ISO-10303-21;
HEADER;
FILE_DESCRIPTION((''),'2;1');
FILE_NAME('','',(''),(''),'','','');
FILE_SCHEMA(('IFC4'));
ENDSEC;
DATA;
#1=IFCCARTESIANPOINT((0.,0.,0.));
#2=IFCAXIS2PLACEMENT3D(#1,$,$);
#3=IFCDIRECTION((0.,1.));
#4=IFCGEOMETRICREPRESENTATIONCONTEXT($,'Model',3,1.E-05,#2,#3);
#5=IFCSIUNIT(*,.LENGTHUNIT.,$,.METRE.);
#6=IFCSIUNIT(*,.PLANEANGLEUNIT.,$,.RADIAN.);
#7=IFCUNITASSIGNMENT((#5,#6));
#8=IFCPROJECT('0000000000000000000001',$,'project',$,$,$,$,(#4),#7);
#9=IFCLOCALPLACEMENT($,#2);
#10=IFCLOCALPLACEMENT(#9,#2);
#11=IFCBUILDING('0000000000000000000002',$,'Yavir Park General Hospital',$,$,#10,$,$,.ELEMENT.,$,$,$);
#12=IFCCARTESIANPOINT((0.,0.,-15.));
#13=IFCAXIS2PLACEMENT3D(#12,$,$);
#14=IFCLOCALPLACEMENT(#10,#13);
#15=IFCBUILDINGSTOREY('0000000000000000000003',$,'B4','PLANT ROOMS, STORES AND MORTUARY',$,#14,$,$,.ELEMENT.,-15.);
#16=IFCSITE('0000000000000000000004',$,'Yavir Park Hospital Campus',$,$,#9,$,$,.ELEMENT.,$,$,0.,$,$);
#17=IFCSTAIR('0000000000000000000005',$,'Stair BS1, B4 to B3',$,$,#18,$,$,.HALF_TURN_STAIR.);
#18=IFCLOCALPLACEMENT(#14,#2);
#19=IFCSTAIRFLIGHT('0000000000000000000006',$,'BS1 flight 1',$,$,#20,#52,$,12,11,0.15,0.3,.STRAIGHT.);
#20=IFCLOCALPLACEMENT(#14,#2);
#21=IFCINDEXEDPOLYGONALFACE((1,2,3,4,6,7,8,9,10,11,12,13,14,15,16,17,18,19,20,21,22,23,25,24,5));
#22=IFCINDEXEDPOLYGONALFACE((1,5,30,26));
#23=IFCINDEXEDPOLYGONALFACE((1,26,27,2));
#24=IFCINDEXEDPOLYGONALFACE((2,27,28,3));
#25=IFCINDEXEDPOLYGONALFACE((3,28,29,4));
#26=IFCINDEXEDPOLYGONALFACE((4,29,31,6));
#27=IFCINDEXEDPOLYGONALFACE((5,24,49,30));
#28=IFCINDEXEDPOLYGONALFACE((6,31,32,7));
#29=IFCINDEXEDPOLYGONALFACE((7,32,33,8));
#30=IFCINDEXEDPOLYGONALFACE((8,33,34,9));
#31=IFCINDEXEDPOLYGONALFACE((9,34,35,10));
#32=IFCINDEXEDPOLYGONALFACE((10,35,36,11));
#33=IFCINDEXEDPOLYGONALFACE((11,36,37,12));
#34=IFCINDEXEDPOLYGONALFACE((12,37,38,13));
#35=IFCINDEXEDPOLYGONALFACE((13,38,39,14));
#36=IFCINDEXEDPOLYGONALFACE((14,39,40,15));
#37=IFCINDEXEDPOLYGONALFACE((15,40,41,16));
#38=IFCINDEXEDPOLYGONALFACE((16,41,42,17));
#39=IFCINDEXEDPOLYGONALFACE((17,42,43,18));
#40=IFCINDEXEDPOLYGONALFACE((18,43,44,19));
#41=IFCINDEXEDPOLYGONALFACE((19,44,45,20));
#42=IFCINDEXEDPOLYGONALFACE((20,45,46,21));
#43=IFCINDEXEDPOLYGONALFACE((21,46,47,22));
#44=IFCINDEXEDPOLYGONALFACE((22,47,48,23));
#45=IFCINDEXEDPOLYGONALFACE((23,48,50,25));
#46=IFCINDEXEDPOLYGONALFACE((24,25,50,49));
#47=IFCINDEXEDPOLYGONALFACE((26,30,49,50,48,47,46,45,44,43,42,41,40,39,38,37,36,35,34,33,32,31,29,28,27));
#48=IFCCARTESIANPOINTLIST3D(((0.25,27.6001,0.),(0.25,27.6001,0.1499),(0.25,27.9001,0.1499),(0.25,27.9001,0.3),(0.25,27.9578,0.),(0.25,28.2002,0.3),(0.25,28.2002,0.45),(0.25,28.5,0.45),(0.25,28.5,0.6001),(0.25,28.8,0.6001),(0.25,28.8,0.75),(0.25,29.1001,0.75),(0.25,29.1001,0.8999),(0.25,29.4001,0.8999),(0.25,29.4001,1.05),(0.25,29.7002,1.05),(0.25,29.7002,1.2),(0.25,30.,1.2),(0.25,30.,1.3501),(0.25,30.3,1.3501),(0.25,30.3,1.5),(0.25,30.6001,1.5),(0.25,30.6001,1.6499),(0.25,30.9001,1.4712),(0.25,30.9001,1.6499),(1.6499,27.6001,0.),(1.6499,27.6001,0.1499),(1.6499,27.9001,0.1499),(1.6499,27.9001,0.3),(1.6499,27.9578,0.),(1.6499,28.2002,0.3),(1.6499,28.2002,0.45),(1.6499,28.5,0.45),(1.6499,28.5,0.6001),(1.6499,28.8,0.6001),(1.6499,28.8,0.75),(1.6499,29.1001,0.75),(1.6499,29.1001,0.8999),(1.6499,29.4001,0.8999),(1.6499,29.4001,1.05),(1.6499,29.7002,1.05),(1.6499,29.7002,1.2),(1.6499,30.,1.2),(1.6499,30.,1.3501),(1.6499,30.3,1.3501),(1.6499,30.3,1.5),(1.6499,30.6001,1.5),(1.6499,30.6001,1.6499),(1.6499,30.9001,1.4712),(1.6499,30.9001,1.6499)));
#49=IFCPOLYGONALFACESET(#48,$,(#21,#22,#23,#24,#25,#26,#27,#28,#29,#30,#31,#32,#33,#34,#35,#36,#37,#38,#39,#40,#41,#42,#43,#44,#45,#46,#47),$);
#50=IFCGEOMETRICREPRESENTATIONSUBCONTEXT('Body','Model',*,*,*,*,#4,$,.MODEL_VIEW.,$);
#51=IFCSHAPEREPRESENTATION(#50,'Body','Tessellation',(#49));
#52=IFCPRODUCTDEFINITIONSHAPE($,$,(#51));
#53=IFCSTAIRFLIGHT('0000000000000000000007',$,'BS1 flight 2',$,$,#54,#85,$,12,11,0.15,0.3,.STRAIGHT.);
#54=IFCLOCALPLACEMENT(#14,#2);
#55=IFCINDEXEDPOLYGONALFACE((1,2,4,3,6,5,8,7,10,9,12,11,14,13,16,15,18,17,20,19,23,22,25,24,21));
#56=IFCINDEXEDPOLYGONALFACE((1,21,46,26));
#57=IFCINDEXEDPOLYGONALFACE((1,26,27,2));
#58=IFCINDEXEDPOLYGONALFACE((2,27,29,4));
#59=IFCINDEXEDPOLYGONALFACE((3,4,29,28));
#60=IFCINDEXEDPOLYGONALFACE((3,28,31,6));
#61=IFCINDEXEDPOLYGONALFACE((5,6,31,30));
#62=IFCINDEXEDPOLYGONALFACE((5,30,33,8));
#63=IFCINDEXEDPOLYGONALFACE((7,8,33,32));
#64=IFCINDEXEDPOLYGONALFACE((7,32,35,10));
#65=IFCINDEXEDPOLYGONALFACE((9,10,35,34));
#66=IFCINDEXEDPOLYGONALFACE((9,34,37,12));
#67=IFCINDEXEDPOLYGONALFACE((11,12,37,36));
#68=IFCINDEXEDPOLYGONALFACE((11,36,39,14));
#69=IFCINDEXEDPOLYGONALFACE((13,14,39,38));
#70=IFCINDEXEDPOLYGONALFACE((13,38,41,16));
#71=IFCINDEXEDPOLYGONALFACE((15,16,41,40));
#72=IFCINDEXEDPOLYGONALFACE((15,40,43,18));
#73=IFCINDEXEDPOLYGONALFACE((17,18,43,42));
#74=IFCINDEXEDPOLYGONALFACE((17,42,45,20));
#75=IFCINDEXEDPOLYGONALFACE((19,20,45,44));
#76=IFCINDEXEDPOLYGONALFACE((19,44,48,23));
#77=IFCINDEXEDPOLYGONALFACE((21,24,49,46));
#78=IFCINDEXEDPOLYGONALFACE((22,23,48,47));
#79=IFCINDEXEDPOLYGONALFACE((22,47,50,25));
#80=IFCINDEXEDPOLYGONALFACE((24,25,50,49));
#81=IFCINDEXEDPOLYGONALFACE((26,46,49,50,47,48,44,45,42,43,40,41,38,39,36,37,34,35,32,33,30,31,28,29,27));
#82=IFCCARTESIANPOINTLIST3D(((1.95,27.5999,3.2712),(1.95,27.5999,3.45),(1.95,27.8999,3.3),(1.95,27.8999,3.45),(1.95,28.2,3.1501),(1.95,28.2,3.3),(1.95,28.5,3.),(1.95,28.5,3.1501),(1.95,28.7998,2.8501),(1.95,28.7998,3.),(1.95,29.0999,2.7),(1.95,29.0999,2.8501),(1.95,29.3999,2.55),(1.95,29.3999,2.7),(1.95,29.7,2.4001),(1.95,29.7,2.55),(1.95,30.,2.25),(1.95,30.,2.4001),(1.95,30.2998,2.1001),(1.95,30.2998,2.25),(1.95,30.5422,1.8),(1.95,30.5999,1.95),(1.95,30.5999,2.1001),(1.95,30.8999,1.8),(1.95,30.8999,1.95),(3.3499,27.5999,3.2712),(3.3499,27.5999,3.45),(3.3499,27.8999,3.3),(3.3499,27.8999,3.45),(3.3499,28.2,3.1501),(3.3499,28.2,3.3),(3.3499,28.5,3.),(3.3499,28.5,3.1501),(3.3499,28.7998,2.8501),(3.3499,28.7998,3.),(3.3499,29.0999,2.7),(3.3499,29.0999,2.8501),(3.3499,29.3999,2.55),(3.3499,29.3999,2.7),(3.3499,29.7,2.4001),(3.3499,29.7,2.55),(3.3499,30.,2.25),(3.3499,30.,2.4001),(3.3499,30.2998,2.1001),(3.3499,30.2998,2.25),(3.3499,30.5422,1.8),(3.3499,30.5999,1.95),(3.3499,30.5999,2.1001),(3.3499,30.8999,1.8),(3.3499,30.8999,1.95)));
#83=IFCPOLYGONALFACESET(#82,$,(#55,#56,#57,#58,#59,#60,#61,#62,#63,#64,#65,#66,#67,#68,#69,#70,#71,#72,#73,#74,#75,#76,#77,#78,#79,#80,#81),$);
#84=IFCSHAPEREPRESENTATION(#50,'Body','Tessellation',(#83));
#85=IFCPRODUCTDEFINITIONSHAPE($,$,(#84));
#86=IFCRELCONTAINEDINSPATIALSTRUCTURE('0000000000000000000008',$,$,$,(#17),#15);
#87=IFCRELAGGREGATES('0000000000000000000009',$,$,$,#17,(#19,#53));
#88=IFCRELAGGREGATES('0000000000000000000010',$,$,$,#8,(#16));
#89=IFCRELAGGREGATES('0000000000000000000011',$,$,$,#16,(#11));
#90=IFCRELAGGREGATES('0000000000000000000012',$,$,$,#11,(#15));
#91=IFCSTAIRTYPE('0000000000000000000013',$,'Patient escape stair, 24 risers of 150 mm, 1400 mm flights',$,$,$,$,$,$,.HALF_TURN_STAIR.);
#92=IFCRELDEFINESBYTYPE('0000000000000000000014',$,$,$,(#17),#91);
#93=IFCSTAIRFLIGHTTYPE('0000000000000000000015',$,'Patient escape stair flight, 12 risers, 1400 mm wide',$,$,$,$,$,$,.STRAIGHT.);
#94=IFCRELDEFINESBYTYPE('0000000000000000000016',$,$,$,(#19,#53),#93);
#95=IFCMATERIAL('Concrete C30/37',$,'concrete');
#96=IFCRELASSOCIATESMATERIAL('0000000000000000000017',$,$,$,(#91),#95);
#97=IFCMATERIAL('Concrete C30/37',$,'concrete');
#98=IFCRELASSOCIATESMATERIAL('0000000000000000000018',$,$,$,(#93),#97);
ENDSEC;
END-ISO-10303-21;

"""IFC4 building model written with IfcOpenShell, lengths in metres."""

from ifc_helpers import new_model, si_unit, direction, frame, origin, place, context, subcontext, project, spatial, polyline, outline, extrude, material, type_object, element, aggregate, save


model = new_model("IFC4")

# Units and contexts
model_context = context("Model", 3, precision=1e-05, world=origin(), true_north=direction((0.0, 1.0)))
body_context = subcontext(model_context, "Body", "Model", "MODEL_VIEW")
ifc_project = project(units=[si_unit("LENGTHUNIT", "METRE"), si_unit("PLANEANGLEUNIT", "RADIAN")], contexts=[model_context])

# Site, building, storey
site_placement = place(None, origin())
site = spatial("IfcSite", under=ifc_project, at=site_placement, Name="Yavir Park Hospital Campus", CompositionType="ELEMENT", RefElevation=0.0)
building_placement = place(site_placement, origin())
building = spatial("IfcBuilding", under=site, at=building_placement, Name="Yavir Park General Hospital", CompositionType="ELEMENT")
storey_placement = place(building_placement, frame((0.0, 0.0, -15.0)))
storey = spatial("IfcBuildingStorey", under=building, at=storey_placement, Name="B4", Description="PLANT ROOMS, STORES AND MORTUARY", CompositionType="ELEMENT", Elevation=-15.0)

# Stair, stair flights
ifc_material_1 = material(Name="Concrete C30/37", Category="concrete")
stair_type = type_object("IfcStairType", Name="Patient escape stair, 24 risers of 150 mm, 1400 mm flights", PredefinedType="HALF_TURN_STAIR", material=ifc_material_1)
stair_placement = place(storey_placement, origin())
stair = element("IfcStair", 1, at=stair_placement, inside=storey, type_object=stair_type, Name="Stair BS1, B4 to B3", PredefinedType="HALF_TURN_STAIR")
ifc_material_2 = material(Name="Concrete C30/37", Category="concrete")
stair_flight_type = type_object("IfcStairFlightType", Name="Patient escape stair flight, 12 risers, 1400 mm wide", PredefinedType="STRAIGHT", material=ifc_material_2)
stair_flight_1_placement = place(storey_placement, frame((0.95, 27.6001, 0.0), z_axis=(0.0, 0.0, 1.0), x_axis=(0.0, 1.0, 0.0)))
stair_flight_1 = element("IfcStairFlight", 2, at=stair_flight_1_placement, type_object=stair_flight_type, Name="BS1 flight 1", NumberOfRisers=12, NumberOfTreads=11, PredefinedType="STRAIGHT", RiserHeight=0.15, TreadLength=0.3, context=body_context, shape_type="SweptSolid", body=[
    extrude(outline(polyline([(0.0, 0.0), (0.0, 0.1499), (0.3, 0.1499), (0.3, 0.3), (0.6001, 0.3), (0.6001, 0.45), (0.8999, 0.45), (0.8999, 0.6001), (1.2, 0.6001), (1.2, 0.75), (1.5, 0.75), (1.5, 0.8999), (1.8, 0.8999), (1.8, 1.05), (2.1001, 1.05), (2.1001, 1.2), (2.3999, 1.2), (2.3999, 1.3501), (2.7, 1.3501), (2.7, 1.5), (3.0, 1.5), (3.0, 1.6499), (3.3, 1.6499), (3.3, 1.8), (3.3, 1.4712), (0.3577, 0.0), (0.0, 0.0)])), frame((0.0, 0.7, 0.0), z_axis=(0.0, -1.0, 0.0), x_axis=(1.0, 0.0, 0.0)), (0.0, 0.0, 1.0), 1.3999),
])
stair_flight_2_placement = place(storey_placement, frame((2.6499, 30.8999, 1.8), z_axis=(0.0, 0.0, 1.0), x_axis=(0.0, -1.0, 0.0)))
stair_flight_2 = element("IfcStairFlight", 3, at=stair_flight_2_placement, type_object=stair_flight_type, Name="BS1 flight 2", NumberOfRisers=12, NumberOfTreads=11, PredefinedType="STRAIGHT", RiserHeight=0.15, TreadLength=0.3, context=body_context, shape_type="SweptSolid", body=[
    extrude(outline(polyline([(0.0, 0.0), (0.0, 0.1499), (0.3, 0.1499), (0.3, 0.3), (0.6001, 0.3), (0.6001, 0.45), (0.8999, 0.45), (0.8999, 0.6001), (1.2, 0.6001), (1.2, 0.75), (1.5, 0.75), (1.5, 0.8999), (1.8, 0.8999), (1.8, 1.05), (2.1001, 1.05), (2.1001, 1.2), (2.3999, 1.2), (2.3999, 1.3501), (2.7, 1.3501), (2.7, 1.5), (3.0, 1.5), (3.0, 1.6499), (3.3, 1.6499), (3.3, 1.8), (3.3, 1.4712), (0.3577, 0.0), (0.0, 0.0)])), frame((0.0, 0.7, 0.0), z_axis=(0.0, -1.0, 0.0), x_axis=(1.0, 0.0, 0.0)), (0.0, 0.0, 1.0), 1.3999),
])
aggregate(stair, [stair_flight_1, stair_flight_2])

save(model, "model.ifc")
